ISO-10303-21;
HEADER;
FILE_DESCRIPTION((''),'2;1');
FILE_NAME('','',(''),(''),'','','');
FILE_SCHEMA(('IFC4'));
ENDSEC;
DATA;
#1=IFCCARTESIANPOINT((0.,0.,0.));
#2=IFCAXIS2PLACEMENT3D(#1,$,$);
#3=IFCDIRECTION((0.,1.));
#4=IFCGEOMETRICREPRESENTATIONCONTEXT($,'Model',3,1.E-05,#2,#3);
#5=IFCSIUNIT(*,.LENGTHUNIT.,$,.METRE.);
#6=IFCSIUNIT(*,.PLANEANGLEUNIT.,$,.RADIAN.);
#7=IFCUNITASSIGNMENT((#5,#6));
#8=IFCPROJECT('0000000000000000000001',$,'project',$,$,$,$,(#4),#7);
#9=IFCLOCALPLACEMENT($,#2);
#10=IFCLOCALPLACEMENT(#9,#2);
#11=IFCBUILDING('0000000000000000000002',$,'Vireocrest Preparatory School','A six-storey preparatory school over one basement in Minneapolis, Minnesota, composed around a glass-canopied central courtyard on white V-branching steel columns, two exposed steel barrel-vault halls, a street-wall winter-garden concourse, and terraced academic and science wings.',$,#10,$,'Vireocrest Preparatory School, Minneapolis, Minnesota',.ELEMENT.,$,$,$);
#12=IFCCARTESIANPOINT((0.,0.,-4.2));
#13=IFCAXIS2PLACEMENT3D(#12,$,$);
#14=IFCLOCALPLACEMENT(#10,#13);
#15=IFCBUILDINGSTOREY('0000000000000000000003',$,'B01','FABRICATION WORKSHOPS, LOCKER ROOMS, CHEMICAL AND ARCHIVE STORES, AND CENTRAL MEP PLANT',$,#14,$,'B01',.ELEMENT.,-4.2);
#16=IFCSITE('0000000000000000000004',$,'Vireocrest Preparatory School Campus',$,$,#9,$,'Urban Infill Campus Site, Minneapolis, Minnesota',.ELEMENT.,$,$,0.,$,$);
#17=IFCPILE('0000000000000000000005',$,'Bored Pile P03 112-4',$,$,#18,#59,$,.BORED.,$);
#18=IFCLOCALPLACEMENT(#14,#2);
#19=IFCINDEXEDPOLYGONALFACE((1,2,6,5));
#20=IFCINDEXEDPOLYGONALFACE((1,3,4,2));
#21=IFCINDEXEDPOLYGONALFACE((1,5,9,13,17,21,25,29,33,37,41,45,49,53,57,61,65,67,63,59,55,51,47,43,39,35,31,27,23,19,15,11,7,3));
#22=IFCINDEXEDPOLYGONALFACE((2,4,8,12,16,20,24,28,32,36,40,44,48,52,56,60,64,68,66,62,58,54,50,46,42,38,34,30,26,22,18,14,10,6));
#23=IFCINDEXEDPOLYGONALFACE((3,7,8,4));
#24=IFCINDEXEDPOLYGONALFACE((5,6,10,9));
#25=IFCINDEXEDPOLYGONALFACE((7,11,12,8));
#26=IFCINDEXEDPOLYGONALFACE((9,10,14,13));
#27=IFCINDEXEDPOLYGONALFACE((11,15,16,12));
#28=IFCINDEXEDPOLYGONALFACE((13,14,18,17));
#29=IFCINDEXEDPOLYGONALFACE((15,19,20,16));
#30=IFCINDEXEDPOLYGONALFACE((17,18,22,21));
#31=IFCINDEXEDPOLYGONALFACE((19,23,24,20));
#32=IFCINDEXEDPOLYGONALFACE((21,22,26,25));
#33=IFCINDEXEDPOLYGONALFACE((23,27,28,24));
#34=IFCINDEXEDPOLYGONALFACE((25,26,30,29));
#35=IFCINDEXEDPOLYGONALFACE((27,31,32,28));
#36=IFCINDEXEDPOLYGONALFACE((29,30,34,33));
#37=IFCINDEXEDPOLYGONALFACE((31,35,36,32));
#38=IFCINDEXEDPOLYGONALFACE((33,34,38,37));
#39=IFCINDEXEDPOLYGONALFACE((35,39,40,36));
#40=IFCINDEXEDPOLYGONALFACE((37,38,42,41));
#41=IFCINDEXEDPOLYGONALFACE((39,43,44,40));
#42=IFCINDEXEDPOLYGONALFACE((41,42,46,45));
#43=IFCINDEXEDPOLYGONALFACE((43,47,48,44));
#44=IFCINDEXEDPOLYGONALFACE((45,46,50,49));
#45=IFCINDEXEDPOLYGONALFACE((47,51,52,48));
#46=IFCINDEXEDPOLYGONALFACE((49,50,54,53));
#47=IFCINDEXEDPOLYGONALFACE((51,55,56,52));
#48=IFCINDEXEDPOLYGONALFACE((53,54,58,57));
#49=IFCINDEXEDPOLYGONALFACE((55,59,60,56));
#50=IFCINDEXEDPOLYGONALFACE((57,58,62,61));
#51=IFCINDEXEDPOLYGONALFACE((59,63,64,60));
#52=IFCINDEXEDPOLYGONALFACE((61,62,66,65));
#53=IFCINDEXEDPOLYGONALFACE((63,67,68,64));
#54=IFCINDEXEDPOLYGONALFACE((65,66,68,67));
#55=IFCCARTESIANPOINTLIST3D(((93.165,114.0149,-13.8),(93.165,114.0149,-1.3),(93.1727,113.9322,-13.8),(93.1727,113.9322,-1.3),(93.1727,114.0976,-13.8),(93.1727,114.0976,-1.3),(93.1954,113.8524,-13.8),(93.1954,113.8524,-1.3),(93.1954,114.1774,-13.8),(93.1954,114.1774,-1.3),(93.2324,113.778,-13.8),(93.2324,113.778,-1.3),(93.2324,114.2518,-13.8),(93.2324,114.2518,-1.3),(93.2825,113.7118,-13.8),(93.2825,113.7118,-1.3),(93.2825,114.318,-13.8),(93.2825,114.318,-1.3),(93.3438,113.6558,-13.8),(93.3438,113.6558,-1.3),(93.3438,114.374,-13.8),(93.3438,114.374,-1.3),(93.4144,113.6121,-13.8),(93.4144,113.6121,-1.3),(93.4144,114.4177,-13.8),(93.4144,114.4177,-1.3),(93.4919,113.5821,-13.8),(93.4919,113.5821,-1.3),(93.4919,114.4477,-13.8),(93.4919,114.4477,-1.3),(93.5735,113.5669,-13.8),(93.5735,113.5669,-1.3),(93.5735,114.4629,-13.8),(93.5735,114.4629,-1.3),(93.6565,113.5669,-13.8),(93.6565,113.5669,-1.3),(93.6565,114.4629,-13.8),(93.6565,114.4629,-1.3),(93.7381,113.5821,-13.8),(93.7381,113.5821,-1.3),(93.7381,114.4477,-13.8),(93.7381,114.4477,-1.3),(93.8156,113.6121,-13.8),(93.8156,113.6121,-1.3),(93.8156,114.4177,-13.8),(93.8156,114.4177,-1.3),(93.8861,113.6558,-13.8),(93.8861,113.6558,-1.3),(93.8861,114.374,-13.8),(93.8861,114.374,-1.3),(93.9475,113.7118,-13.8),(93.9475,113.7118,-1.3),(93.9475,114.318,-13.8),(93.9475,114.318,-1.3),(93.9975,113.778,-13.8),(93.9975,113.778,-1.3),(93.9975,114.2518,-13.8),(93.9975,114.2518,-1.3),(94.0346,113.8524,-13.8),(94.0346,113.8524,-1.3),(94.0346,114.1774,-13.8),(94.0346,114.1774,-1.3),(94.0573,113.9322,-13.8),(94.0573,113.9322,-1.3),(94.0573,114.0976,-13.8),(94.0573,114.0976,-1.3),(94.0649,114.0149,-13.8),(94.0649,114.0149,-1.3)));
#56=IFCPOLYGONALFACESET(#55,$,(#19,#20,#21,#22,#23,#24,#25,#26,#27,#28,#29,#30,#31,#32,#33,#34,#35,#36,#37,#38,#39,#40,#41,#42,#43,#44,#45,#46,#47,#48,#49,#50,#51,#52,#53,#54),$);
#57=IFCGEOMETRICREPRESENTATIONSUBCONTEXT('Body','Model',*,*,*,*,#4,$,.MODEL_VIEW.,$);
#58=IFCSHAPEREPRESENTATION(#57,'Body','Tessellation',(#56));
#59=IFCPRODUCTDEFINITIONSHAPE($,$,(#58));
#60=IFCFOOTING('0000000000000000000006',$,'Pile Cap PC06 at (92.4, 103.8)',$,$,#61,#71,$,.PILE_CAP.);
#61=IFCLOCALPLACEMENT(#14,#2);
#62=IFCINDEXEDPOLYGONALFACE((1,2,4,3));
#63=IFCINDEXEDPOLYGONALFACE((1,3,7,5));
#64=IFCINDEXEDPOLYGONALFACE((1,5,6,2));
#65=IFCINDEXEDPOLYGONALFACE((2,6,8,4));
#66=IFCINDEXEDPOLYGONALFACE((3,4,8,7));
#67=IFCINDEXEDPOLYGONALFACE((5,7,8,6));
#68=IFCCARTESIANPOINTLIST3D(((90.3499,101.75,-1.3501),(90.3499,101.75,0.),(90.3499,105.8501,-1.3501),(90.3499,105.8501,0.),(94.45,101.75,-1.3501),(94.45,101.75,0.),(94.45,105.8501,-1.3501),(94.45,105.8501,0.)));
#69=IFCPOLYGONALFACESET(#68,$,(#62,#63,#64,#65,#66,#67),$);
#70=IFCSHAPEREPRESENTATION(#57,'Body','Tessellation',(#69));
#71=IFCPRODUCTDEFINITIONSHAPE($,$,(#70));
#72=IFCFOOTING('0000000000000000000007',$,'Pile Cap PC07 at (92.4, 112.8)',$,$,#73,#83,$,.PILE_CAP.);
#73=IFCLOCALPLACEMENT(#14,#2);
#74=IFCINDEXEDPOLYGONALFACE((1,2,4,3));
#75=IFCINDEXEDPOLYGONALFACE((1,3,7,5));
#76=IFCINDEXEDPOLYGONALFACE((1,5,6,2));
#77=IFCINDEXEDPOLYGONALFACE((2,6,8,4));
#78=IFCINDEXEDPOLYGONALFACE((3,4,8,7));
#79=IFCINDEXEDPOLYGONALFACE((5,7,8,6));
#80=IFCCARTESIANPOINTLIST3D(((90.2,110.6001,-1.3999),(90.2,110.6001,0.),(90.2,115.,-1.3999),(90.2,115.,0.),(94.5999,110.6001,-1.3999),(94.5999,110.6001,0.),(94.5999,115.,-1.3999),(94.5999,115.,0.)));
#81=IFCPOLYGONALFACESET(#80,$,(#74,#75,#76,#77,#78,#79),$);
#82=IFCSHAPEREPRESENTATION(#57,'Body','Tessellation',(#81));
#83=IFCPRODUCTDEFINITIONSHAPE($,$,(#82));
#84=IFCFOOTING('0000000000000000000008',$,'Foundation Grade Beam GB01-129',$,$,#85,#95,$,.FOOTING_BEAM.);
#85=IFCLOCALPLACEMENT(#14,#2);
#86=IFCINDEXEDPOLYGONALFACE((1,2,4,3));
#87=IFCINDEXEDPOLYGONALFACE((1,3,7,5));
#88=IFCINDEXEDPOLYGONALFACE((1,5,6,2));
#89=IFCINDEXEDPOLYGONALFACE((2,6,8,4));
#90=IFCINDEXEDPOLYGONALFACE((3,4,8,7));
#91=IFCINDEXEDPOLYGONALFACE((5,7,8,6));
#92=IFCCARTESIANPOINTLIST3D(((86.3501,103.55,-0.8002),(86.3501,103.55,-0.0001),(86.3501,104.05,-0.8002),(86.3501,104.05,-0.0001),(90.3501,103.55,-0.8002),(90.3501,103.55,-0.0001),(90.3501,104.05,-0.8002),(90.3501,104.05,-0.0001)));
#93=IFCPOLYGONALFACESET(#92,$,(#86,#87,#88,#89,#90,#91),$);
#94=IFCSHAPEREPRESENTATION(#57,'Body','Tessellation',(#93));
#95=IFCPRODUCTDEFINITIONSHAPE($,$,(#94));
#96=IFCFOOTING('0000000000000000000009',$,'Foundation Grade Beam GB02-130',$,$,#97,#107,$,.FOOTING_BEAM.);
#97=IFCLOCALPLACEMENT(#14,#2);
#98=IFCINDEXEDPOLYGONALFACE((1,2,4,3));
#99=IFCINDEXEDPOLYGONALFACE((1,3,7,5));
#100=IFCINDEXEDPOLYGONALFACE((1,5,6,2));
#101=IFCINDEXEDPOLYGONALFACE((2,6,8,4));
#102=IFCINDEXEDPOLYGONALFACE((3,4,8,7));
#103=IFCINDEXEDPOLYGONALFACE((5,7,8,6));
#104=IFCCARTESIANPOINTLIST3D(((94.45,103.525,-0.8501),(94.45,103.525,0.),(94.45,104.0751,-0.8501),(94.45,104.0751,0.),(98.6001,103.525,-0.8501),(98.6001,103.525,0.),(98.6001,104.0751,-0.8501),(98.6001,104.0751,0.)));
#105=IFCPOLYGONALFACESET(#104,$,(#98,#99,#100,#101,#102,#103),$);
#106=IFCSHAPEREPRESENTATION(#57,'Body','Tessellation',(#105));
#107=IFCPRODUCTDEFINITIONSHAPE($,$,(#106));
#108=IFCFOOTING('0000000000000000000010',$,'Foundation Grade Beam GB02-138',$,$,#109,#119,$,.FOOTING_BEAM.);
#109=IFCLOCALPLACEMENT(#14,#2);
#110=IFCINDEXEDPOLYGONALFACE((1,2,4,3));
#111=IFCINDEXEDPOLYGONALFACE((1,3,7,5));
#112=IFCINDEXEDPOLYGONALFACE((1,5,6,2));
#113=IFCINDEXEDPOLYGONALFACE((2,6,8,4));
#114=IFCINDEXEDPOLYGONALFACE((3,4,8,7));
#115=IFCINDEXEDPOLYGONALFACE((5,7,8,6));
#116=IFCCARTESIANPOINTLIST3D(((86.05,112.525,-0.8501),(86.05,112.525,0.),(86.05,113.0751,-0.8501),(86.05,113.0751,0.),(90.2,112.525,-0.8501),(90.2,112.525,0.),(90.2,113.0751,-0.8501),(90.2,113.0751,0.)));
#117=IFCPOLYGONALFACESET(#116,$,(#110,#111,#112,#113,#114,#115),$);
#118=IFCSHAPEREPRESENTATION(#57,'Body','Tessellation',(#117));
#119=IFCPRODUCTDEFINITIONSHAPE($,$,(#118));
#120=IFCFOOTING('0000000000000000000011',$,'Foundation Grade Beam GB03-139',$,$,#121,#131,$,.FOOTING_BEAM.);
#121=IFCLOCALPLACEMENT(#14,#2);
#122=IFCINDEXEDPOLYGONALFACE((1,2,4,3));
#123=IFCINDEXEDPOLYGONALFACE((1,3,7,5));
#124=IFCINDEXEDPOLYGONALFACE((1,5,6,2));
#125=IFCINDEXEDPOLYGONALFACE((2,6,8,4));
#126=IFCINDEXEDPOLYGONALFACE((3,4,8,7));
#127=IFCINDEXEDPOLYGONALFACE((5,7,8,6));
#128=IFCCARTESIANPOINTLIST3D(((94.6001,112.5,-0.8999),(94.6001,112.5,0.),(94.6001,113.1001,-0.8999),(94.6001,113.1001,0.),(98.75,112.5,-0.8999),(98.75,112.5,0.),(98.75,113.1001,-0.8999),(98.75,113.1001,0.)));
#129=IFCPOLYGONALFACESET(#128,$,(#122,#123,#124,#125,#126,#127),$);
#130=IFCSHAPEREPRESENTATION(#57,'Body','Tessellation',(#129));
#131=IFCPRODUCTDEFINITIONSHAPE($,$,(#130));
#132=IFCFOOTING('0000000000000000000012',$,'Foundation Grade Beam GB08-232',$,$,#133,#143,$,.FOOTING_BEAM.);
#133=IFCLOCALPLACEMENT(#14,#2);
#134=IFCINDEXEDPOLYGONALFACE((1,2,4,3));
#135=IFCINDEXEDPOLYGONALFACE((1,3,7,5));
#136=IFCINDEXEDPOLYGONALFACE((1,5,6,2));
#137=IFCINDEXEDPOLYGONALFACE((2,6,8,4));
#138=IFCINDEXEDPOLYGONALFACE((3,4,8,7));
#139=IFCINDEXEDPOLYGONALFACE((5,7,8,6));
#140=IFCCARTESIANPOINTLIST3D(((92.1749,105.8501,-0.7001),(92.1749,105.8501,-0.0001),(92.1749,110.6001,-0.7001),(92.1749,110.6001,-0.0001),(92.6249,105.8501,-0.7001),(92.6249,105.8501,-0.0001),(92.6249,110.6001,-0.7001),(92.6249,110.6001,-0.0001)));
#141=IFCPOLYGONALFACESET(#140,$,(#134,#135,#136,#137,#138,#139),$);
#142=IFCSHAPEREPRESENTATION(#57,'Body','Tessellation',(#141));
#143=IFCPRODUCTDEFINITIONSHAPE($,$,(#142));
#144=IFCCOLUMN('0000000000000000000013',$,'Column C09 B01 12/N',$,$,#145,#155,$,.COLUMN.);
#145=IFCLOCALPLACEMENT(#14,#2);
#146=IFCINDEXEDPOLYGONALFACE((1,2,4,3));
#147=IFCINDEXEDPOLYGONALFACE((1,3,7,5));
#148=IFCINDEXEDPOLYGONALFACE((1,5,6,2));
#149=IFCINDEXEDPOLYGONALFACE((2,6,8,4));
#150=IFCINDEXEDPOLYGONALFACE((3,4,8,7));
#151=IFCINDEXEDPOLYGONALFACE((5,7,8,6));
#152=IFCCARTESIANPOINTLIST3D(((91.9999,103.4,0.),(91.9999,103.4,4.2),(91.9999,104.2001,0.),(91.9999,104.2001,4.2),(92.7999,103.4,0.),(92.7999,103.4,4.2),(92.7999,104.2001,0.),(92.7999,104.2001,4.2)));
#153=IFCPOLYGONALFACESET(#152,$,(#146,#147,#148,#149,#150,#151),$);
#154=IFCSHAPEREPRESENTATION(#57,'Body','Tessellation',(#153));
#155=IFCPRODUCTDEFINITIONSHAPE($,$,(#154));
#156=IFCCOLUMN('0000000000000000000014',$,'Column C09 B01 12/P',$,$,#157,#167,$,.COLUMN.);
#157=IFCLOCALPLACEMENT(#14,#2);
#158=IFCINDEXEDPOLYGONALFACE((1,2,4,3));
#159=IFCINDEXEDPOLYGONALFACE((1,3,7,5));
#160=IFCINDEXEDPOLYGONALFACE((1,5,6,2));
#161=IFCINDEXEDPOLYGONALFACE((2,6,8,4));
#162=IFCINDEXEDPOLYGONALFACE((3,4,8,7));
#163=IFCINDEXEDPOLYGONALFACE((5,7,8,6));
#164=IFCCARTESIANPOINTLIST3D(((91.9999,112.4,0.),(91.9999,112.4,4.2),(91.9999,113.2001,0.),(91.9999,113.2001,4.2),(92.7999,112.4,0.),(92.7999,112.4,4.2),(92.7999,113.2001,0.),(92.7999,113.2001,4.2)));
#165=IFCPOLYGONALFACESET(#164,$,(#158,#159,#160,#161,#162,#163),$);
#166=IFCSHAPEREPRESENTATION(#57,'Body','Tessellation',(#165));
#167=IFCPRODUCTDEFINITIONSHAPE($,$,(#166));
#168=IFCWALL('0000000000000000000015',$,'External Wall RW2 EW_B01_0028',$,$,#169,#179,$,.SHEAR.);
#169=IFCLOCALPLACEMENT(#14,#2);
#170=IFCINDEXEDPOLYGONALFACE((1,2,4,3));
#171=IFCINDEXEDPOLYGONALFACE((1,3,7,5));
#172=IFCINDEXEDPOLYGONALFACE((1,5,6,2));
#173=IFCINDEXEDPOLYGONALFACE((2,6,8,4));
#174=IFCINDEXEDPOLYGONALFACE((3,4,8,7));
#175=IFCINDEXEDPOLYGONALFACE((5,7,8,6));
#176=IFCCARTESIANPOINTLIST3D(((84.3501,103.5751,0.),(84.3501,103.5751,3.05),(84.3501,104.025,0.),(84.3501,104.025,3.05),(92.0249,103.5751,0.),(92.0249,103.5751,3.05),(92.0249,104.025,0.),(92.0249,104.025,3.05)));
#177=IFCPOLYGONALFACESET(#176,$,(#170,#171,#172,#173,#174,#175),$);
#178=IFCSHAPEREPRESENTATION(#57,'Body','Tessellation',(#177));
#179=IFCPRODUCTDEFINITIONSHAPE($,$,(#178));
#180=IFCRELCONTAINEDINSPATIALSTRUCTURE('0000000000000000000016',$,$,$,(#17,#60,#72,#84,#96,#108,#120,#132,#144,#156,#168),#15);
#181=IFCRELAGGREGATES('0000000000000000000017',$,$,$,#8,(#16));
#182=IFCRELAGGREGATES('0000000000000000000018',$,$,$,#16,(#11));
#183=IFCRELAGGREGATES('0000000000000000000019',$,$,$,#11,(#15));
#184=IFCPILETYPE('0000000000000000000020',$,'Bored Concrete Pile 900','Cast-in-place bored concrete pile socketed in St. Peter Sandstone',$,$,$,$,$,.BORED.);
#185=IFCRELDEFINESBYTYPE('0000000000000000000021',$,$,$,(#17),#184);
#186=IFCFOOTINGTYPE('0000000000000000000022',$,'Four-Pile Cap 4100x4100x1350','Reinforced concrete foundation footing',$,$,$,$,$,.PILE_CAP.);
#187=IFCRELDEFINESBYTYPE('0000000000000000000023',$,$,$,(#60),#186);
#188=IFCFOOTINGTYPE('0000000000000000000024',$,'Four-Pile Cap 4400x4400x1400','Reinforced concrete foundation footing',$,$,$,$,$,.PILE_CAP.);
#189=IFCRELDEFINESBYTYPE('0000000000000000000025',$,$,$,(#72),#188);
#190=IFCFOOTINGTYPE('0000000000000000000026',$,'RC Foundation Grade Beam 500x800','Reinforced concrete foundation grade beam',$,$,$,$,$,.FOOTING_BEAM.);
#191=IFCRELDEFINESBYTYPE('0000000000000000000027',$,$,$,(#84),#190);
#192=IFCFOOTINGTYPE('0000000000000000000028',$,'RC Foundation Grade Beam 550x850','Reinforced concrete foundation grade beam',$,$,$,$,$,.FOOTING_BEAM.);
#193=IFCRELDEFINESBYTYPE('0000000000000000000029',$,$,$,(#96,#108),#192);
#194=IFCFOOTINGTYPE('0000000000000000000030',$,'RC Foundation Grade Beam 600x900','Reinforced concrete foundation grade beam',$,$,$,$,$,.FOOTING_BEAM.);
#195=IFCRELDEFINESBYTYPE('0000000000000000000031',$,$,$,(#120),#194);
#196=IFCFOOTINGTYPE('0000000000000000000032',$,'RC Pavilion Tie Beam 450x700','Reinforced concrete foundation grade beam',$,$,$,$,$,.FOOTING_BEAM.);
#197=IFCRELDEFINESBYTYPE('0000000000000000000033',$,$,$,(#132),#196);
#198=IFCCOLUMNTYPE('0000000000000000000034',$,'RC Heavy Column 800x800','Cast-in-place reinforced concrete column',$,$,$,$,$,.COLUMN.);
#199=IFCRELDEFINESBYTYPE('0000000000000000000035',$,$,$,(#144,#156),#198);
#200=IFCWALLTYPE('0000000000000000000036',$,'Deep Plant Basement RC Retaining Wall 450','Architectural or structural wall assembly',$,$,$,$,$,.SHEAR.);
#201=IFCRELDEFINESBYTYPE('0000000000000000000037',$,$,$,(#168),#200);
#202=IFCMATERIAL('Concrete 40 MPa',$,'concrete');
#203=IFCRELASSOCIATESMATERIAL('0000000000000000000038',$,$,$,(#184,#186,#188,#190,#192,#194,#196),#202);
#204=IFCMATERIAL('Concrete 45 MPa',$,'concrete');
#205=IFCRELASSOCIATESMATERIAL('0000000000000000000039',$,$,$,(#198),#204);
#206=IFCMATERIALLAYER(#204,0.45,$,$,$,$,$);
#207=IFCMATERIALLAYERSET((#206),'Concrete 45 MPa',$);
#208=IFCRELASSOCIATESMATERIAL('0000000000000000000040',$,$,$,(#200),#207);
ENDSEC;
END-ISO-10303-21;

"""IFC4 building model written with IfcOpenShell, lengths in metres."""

from ifc_helpers import new_model, si_unit, direction, frame, frame_2d, origin, origin_2d, place, context, subcontext, project, spatial, rectangle, circle, extrude, material, layer, layer_set, material_profile, profile_set, type_object, element, save


model = new_model("IFC4")

# Units and contexts
model_context = context("Model", 3, precision=1e-05, world=origin(), true_north=direction((0.0, 1.0)))
body_context = subcontext(model_context, "Body", "Model", "MODEL_VIEW")
ifc_project = project(units=[si_unit("LENGTHUNIT", "METRE"), si_unit("PLANEANGLEUNIT", "RADIAN")], contexts=[model_context])

# Site, building, storey
site_placement = place(None, origin())
site = spatial("IfcSite", under=ifc_project, at=site_placement, Name="Vireocrest Preparatory School Campus", LongName="Urban Infill Campus Site, Minneapolis, Minnesota", CompositionType="ELEMENT", RefElevation=0.0)
building_placement = place(site_placement, origin())
building = spatial("IfcBuilding", under=site, at=building_placement, Name="Vireocrest Preparatory School", Description="A six-storey preparatory school over one basement in Minneapolis, Minnesota, composed around a glass-canopied central courtyard on white V-branching steel columns, two exposed steel barrel-vault halls, a street-wall winter-garden concourse, and terraced academic and science wings.", LongName="Vireocrest Preparatory School, Minneapolis, Minnesota", CompositionType="ELEMENT")
storey_placement = place(building_placement, frame((0.0, 0.0, -4.2)))
storey = spatial("IfcBuildingStorey", under=building, at=storey_placement, Name="B01", Description="FABRICATION WORKSHOPS, LOCKER ROOMS, CHEMICAL AND ARCHIVE STORES, AND CENTRAL MEP PLANT", LongName="B01", CompositionType="ELEMENT", Elevation=-4.2)

# Pile
ifc_material_1 = material(Name="Concrete 40 MPa", Category="concrete")
ifc_material_profile_1 = material_profile(ifc_material_1, circle(Radius=0.45, at=origin_2d()), Name="BORED PILE 900")
ifc_profile_set_1 = profile_set([ifc_material_profile_1], Name="Concrete 40 MPa")
pile_type_1 = type_object("IfcPileType", Name="Bored Concrete Pile 900", Description="Cast-in-place bored concrete pile socketed in St. Peter Sandstone", PredefinedType="BORED", material=ifc_profile_set_1)
for number, where, z_axis, x_axis, name in (
    (1, (93.615, 114.0149, -1.3), (0.0, 0.0, -1.0), (1.0, 0.0, 0.0), "Bored Pile P03 112-4"),
):
    element("IfcPile", number, at=place(storey_placement, frame(where, z_axis=z_axis, x_axis=x_axis)), inside=storey, type_object=pile_type_1, Name=name, PredefinedType="BORED", context=body_context, shape_type="SweptSolid", body=[
        extrude(circle(Radius=0.45, at=origin_2d()), origin(), (0.0, 0.0, 1.0), 12.5),
    ])

# Footings
footing_type_1 = type_object("IfcFootingType", Name="Four-Pile Cap 4100x4100x1350", Description="Reinforced concrete foundation footing", PredefinedType="PILE_CAP", material=ifc_material_1)
footing_1_placement = place(storey_placement, frame((92.3999, 103.8, -1.3501), z_axis=(0.0, 0.0, 1.0), x_axis=(1.0, 0.0, 0.0)))
element("IfcFooting", 2, at=footing_1_placement, inside=storey, type_object=footing_type_1, Name="Pile Cap PC06 at (92.4, 103.8)", PredefinedType="PILE_CAP", context=body_context, shape_type="SweptSolid", body=[
    extrude(rectangle(XDim=4.1001, YDim=4.1001, at=origin_2d()), origin(), (0.0, 0.0, 1.0), 1.3501),
])
footing_type_2 = type_object("IfcFootingType", Name="Four-Pile Cap 4400x4400x1400", Description="Reinforced concrete foundation footing", PredefinedType="PILE_CAP", material=ifc_material_1)
footing_2_placement = place(storey_placement, frame((92.3999, 112.8, -1.3999), z_axis=(0.0, 0.0, 1.0), x_axis=(1.0, 0.0, 0.0)))
element("IfcFooting", 3, at=footing_2_placement, inside=storey, type_object=footing_type_2, Name="Pile Cap PC07 at (92.4, 112.8)", PredefinedType="PILE_CAP", context=body_context, shape_type="SweptSolid", body=[
    extrude(rectangle(XDim=4.3999, YDim=4.3999, at=origin_2d()), origin(), (0.0, 0.0, 1.0), 1.3999),
])
ifc_material_profile_2 = material_profile(ifc_material_1, rectangle(XDim=0.5, YDim=0.8, at=origin_2d()), Name="GB 500x800")
ifc_profile_set_2 = profile_set([ifc_material_profile_2], Name="Concrete 40 MPa")
footing_type_3 = type_object("IfcFootingType", Name="RC Foundation Grade Beam 500x800", Description="Reinforced concrete foundation grade beam", PredefinedType="FOOTING_BEAM", material=ifc_profile_set_2)
footing_3_placement = place(storey_placement, frame((86.3501, 103.8, -0.4001), z_axis=(1.0, 0.0, 0.0), x_axis=(0.0, 1.0, 0.0)))
element("IfcFooting", 4, at=footing_3_placement, inside=storey, type_object=footing_type_3, Name="Foundation Grade Beam GB01-129", PredefinedType="FOOTING_BEAM", context=body_context, shape_type="SweptSolid", body=[
    extrude(rectangle(XDim=0.5, YDim=0.8, at=origin_2d()), origin(), (0.0, 0.0, 1.0), 4.0),
])
ifc_material_profile_3 = material_profile(ifc_material_1, rectangle(XDim=0.55, YDim=0.8501, at=origin_2d()), Name="GB 550x850")
ifc_profile_set_3 = profile_set([ifc_material_profile_3], Name="Concrete 40 MPa")
footing_type_4 = type_object("IfcFootingType", Name="RC Foundation Grade Beam 550x850", Description="Reinforced concrete foundation grade beam", PredefinedType="FOOTING_BEAM", material=ifc_profile_set_3)
footing_4_placement = place(storey_placement, frame((94.45, 103.8, -0.425), z_axis=(1.0, 0.0, 0.0), x_axis=(0.0, 1.0, 0.0)))
element("IfcFooting", 5, at=footing_4_placement, inside=storey, type_object=footing_type_4, Name="Foundation Grade Beam GB02-130", PredefinedType="FOOTING_BEAM", context=body_context, shape_type="SweptSolid", body=[
    extrude(rectangle(XDim=0.55, YDim=0.8501, at=origin_2d()), origin(), (0.0, 0.0, 1.0), 4.1501),
])
footing_5_placement = place(storey_placement, frame((86.05, 112.8, -0.425), z_axis=(1.0, 0.0, 0.0), x_axis=(0.0, 1.0, 0.0)))
element("IfcFooting", 6, at=footing_5_placement, inside=storey, type_object=footing_type_4, Name="Foundation Grade Beam GB02-138", PredefinedType="FOOTING_BEAM", context=body_context, shape_type="SweptSolid", body=[
    extrude(rectangle(XDim=0.55, YDim=0.8501, at=origin_2d()), origin(), (0.0, 0.0, 1.0), 4.1499),
])
ifc_material_profile_4 = material_profile(ifc_material_1, rectangle(XDim=0.6001, YDim=0.8999, at=origin_2d()), Name="GB 600x900")
ifc_profile_set_4 = profile_set([ifc_material_profile_4], Name="Concrete 40 MPa")
footing_type_5 = type_object("IfcFootingType", Name="RC Foundation Grade Beam 600x900", Description="Reinforced concrete foundation grade beam", PredefinedType="FOOTING_BEAM", material=ifc_profile_set_4)
footing_6_placement = place(storey_placement, frame((94.6001, 112.8, -0.45), z_axis=(1.0, 0.0, 0.0), x_axis=(0.0, 1.0, 0.0)))
element("IfcFooting", 7, at=footing_6_placement, inside=storey, type_object=footing_type_5, Name="Foundation Grade Beam GB03-139", PredefinedType="FOOTING_BEAM", context=body_context, shape_type="SweptSolid", body=[
    extrude(rectangle(XDim=0.6001, YDim=0.8999, at=origin_2d()), origin(), (0.0, 0.0, 1.0), 4.1499),
])
ifc_material_profile_5 = material_profile(ifc_material_1, rectangle(XDim=0.45, YDim=0.7, at=origin_2d()), Name="GB 450x700")
ifc_profile_set_5 = profile_set([ifc_material_profile_5], Name="Concrete 40 MPa")
footing_type_6 = type_object("IfcFootingType", Name="RC Pavilion Tie Beam 450x700", Description="Reinforced concrete foundation grade beam", PredefinedType="FOOTING_BEAM", material=ifc_profile_set_5)
footing_7_placement = place(storey_placement, frame((92.3999, 105.8501, -0.3501), z_axis=(0.0, 1.0, 0.0), x_axis=(-1.0, 0.0, 0.0)))
element("IfcFooting", 8, at=footing_7_placement, inside=storey, type_object=footing_type_6, Name="Foundation Grade Beam GB08-232", PredefinedType="FOOTING_BEAM", context=body_context, shape_type="SweptSolid", body=[
    extrude(rectangle(XDim=0.45, YDim=0.7, at=origin_2d()), origin(), (0.0, 0.0, 1.0), 4.75),
])

# Columns
ifc_material_2 = material(Name="Concrete 45 MPa", Category="concrete")
ifc_material_profile_6 = material_profile(ifc_material_2, rectangle(XDim=0.8, YDim=0.8, at=origin_2d()), Name="RC 800x800")
ifc_profile_set_6 = profile_set([ifc_material_profile_6], Name="Concrete 45 MPa")
column_type = type_object("IfcColumnType", Name="RC Heavy Column 800x800", Description="Cast-in-place reinforced concrete column", PredefinedType="COLUMN", material=ifc_profile_set_6)
for number, where, z_axis, x_axis, name in (
    (9, (92.3999, 103.8, 0.0), (0.0, 0.0, 1.0), (1.0, 0.0, 0.0), "Column C09 B01 12/N"),
    (10, (92.3999, 112.8, 0.0), (0.0, 0.0, 1.0), (1.0, 0.0, 0.0), "Column C09 B01 12/P"),
):
    element("IfcColumn", number, at=place(storey_placement, frame(where, z_axis=z_axis, x_axis=x_axis)), inside=storey, type_object=column_type, Name=name, PredefinedType="COLUMN", context=body_context, shape_type="SweptSolid", body=[
        extrude(rectangle(XDim=0.8, YDim=0.8, at=origin_2d()), origin(), (0.0, 0.0, 1.0), 4.2),
    ])

# Wall
ifc_layer = layer(ifc_material_2, 0.45)
ifc_layer_set = layer_set([ifc_layer], Name="Concrete 45 MPa")
wall_type = type_object("IfcWallType", Name="Deep Plant Basement RC Retaining Wall 450", Description="Architectural or structural wall assembly", PredefinedType="SHEAR", material=ifc_layer_set)
wall_1_placement = place(storey_placement, frame((84.3501, 103.8, 0.0), z_axis=(0.0, 0.0, 1.0), x_axis=(1.0, 0.0, 0.0)))
element("IfcWall", 11, at=wall_1_placement, inside=storey, type_object=wall_type, Name="External Wall RW2 EW_B01_0028", PredefinedType="SHEAR", context=body_context, shape_type="SweptSolid", body=[
    extrude(rectangle(XDim=7.6748, YDim=0.45, at=frame_2d((3.8374, 0.0))), origin(), (0.0, 0.0, 1.0), 3.05),
])

save(model, "model.ifc")
